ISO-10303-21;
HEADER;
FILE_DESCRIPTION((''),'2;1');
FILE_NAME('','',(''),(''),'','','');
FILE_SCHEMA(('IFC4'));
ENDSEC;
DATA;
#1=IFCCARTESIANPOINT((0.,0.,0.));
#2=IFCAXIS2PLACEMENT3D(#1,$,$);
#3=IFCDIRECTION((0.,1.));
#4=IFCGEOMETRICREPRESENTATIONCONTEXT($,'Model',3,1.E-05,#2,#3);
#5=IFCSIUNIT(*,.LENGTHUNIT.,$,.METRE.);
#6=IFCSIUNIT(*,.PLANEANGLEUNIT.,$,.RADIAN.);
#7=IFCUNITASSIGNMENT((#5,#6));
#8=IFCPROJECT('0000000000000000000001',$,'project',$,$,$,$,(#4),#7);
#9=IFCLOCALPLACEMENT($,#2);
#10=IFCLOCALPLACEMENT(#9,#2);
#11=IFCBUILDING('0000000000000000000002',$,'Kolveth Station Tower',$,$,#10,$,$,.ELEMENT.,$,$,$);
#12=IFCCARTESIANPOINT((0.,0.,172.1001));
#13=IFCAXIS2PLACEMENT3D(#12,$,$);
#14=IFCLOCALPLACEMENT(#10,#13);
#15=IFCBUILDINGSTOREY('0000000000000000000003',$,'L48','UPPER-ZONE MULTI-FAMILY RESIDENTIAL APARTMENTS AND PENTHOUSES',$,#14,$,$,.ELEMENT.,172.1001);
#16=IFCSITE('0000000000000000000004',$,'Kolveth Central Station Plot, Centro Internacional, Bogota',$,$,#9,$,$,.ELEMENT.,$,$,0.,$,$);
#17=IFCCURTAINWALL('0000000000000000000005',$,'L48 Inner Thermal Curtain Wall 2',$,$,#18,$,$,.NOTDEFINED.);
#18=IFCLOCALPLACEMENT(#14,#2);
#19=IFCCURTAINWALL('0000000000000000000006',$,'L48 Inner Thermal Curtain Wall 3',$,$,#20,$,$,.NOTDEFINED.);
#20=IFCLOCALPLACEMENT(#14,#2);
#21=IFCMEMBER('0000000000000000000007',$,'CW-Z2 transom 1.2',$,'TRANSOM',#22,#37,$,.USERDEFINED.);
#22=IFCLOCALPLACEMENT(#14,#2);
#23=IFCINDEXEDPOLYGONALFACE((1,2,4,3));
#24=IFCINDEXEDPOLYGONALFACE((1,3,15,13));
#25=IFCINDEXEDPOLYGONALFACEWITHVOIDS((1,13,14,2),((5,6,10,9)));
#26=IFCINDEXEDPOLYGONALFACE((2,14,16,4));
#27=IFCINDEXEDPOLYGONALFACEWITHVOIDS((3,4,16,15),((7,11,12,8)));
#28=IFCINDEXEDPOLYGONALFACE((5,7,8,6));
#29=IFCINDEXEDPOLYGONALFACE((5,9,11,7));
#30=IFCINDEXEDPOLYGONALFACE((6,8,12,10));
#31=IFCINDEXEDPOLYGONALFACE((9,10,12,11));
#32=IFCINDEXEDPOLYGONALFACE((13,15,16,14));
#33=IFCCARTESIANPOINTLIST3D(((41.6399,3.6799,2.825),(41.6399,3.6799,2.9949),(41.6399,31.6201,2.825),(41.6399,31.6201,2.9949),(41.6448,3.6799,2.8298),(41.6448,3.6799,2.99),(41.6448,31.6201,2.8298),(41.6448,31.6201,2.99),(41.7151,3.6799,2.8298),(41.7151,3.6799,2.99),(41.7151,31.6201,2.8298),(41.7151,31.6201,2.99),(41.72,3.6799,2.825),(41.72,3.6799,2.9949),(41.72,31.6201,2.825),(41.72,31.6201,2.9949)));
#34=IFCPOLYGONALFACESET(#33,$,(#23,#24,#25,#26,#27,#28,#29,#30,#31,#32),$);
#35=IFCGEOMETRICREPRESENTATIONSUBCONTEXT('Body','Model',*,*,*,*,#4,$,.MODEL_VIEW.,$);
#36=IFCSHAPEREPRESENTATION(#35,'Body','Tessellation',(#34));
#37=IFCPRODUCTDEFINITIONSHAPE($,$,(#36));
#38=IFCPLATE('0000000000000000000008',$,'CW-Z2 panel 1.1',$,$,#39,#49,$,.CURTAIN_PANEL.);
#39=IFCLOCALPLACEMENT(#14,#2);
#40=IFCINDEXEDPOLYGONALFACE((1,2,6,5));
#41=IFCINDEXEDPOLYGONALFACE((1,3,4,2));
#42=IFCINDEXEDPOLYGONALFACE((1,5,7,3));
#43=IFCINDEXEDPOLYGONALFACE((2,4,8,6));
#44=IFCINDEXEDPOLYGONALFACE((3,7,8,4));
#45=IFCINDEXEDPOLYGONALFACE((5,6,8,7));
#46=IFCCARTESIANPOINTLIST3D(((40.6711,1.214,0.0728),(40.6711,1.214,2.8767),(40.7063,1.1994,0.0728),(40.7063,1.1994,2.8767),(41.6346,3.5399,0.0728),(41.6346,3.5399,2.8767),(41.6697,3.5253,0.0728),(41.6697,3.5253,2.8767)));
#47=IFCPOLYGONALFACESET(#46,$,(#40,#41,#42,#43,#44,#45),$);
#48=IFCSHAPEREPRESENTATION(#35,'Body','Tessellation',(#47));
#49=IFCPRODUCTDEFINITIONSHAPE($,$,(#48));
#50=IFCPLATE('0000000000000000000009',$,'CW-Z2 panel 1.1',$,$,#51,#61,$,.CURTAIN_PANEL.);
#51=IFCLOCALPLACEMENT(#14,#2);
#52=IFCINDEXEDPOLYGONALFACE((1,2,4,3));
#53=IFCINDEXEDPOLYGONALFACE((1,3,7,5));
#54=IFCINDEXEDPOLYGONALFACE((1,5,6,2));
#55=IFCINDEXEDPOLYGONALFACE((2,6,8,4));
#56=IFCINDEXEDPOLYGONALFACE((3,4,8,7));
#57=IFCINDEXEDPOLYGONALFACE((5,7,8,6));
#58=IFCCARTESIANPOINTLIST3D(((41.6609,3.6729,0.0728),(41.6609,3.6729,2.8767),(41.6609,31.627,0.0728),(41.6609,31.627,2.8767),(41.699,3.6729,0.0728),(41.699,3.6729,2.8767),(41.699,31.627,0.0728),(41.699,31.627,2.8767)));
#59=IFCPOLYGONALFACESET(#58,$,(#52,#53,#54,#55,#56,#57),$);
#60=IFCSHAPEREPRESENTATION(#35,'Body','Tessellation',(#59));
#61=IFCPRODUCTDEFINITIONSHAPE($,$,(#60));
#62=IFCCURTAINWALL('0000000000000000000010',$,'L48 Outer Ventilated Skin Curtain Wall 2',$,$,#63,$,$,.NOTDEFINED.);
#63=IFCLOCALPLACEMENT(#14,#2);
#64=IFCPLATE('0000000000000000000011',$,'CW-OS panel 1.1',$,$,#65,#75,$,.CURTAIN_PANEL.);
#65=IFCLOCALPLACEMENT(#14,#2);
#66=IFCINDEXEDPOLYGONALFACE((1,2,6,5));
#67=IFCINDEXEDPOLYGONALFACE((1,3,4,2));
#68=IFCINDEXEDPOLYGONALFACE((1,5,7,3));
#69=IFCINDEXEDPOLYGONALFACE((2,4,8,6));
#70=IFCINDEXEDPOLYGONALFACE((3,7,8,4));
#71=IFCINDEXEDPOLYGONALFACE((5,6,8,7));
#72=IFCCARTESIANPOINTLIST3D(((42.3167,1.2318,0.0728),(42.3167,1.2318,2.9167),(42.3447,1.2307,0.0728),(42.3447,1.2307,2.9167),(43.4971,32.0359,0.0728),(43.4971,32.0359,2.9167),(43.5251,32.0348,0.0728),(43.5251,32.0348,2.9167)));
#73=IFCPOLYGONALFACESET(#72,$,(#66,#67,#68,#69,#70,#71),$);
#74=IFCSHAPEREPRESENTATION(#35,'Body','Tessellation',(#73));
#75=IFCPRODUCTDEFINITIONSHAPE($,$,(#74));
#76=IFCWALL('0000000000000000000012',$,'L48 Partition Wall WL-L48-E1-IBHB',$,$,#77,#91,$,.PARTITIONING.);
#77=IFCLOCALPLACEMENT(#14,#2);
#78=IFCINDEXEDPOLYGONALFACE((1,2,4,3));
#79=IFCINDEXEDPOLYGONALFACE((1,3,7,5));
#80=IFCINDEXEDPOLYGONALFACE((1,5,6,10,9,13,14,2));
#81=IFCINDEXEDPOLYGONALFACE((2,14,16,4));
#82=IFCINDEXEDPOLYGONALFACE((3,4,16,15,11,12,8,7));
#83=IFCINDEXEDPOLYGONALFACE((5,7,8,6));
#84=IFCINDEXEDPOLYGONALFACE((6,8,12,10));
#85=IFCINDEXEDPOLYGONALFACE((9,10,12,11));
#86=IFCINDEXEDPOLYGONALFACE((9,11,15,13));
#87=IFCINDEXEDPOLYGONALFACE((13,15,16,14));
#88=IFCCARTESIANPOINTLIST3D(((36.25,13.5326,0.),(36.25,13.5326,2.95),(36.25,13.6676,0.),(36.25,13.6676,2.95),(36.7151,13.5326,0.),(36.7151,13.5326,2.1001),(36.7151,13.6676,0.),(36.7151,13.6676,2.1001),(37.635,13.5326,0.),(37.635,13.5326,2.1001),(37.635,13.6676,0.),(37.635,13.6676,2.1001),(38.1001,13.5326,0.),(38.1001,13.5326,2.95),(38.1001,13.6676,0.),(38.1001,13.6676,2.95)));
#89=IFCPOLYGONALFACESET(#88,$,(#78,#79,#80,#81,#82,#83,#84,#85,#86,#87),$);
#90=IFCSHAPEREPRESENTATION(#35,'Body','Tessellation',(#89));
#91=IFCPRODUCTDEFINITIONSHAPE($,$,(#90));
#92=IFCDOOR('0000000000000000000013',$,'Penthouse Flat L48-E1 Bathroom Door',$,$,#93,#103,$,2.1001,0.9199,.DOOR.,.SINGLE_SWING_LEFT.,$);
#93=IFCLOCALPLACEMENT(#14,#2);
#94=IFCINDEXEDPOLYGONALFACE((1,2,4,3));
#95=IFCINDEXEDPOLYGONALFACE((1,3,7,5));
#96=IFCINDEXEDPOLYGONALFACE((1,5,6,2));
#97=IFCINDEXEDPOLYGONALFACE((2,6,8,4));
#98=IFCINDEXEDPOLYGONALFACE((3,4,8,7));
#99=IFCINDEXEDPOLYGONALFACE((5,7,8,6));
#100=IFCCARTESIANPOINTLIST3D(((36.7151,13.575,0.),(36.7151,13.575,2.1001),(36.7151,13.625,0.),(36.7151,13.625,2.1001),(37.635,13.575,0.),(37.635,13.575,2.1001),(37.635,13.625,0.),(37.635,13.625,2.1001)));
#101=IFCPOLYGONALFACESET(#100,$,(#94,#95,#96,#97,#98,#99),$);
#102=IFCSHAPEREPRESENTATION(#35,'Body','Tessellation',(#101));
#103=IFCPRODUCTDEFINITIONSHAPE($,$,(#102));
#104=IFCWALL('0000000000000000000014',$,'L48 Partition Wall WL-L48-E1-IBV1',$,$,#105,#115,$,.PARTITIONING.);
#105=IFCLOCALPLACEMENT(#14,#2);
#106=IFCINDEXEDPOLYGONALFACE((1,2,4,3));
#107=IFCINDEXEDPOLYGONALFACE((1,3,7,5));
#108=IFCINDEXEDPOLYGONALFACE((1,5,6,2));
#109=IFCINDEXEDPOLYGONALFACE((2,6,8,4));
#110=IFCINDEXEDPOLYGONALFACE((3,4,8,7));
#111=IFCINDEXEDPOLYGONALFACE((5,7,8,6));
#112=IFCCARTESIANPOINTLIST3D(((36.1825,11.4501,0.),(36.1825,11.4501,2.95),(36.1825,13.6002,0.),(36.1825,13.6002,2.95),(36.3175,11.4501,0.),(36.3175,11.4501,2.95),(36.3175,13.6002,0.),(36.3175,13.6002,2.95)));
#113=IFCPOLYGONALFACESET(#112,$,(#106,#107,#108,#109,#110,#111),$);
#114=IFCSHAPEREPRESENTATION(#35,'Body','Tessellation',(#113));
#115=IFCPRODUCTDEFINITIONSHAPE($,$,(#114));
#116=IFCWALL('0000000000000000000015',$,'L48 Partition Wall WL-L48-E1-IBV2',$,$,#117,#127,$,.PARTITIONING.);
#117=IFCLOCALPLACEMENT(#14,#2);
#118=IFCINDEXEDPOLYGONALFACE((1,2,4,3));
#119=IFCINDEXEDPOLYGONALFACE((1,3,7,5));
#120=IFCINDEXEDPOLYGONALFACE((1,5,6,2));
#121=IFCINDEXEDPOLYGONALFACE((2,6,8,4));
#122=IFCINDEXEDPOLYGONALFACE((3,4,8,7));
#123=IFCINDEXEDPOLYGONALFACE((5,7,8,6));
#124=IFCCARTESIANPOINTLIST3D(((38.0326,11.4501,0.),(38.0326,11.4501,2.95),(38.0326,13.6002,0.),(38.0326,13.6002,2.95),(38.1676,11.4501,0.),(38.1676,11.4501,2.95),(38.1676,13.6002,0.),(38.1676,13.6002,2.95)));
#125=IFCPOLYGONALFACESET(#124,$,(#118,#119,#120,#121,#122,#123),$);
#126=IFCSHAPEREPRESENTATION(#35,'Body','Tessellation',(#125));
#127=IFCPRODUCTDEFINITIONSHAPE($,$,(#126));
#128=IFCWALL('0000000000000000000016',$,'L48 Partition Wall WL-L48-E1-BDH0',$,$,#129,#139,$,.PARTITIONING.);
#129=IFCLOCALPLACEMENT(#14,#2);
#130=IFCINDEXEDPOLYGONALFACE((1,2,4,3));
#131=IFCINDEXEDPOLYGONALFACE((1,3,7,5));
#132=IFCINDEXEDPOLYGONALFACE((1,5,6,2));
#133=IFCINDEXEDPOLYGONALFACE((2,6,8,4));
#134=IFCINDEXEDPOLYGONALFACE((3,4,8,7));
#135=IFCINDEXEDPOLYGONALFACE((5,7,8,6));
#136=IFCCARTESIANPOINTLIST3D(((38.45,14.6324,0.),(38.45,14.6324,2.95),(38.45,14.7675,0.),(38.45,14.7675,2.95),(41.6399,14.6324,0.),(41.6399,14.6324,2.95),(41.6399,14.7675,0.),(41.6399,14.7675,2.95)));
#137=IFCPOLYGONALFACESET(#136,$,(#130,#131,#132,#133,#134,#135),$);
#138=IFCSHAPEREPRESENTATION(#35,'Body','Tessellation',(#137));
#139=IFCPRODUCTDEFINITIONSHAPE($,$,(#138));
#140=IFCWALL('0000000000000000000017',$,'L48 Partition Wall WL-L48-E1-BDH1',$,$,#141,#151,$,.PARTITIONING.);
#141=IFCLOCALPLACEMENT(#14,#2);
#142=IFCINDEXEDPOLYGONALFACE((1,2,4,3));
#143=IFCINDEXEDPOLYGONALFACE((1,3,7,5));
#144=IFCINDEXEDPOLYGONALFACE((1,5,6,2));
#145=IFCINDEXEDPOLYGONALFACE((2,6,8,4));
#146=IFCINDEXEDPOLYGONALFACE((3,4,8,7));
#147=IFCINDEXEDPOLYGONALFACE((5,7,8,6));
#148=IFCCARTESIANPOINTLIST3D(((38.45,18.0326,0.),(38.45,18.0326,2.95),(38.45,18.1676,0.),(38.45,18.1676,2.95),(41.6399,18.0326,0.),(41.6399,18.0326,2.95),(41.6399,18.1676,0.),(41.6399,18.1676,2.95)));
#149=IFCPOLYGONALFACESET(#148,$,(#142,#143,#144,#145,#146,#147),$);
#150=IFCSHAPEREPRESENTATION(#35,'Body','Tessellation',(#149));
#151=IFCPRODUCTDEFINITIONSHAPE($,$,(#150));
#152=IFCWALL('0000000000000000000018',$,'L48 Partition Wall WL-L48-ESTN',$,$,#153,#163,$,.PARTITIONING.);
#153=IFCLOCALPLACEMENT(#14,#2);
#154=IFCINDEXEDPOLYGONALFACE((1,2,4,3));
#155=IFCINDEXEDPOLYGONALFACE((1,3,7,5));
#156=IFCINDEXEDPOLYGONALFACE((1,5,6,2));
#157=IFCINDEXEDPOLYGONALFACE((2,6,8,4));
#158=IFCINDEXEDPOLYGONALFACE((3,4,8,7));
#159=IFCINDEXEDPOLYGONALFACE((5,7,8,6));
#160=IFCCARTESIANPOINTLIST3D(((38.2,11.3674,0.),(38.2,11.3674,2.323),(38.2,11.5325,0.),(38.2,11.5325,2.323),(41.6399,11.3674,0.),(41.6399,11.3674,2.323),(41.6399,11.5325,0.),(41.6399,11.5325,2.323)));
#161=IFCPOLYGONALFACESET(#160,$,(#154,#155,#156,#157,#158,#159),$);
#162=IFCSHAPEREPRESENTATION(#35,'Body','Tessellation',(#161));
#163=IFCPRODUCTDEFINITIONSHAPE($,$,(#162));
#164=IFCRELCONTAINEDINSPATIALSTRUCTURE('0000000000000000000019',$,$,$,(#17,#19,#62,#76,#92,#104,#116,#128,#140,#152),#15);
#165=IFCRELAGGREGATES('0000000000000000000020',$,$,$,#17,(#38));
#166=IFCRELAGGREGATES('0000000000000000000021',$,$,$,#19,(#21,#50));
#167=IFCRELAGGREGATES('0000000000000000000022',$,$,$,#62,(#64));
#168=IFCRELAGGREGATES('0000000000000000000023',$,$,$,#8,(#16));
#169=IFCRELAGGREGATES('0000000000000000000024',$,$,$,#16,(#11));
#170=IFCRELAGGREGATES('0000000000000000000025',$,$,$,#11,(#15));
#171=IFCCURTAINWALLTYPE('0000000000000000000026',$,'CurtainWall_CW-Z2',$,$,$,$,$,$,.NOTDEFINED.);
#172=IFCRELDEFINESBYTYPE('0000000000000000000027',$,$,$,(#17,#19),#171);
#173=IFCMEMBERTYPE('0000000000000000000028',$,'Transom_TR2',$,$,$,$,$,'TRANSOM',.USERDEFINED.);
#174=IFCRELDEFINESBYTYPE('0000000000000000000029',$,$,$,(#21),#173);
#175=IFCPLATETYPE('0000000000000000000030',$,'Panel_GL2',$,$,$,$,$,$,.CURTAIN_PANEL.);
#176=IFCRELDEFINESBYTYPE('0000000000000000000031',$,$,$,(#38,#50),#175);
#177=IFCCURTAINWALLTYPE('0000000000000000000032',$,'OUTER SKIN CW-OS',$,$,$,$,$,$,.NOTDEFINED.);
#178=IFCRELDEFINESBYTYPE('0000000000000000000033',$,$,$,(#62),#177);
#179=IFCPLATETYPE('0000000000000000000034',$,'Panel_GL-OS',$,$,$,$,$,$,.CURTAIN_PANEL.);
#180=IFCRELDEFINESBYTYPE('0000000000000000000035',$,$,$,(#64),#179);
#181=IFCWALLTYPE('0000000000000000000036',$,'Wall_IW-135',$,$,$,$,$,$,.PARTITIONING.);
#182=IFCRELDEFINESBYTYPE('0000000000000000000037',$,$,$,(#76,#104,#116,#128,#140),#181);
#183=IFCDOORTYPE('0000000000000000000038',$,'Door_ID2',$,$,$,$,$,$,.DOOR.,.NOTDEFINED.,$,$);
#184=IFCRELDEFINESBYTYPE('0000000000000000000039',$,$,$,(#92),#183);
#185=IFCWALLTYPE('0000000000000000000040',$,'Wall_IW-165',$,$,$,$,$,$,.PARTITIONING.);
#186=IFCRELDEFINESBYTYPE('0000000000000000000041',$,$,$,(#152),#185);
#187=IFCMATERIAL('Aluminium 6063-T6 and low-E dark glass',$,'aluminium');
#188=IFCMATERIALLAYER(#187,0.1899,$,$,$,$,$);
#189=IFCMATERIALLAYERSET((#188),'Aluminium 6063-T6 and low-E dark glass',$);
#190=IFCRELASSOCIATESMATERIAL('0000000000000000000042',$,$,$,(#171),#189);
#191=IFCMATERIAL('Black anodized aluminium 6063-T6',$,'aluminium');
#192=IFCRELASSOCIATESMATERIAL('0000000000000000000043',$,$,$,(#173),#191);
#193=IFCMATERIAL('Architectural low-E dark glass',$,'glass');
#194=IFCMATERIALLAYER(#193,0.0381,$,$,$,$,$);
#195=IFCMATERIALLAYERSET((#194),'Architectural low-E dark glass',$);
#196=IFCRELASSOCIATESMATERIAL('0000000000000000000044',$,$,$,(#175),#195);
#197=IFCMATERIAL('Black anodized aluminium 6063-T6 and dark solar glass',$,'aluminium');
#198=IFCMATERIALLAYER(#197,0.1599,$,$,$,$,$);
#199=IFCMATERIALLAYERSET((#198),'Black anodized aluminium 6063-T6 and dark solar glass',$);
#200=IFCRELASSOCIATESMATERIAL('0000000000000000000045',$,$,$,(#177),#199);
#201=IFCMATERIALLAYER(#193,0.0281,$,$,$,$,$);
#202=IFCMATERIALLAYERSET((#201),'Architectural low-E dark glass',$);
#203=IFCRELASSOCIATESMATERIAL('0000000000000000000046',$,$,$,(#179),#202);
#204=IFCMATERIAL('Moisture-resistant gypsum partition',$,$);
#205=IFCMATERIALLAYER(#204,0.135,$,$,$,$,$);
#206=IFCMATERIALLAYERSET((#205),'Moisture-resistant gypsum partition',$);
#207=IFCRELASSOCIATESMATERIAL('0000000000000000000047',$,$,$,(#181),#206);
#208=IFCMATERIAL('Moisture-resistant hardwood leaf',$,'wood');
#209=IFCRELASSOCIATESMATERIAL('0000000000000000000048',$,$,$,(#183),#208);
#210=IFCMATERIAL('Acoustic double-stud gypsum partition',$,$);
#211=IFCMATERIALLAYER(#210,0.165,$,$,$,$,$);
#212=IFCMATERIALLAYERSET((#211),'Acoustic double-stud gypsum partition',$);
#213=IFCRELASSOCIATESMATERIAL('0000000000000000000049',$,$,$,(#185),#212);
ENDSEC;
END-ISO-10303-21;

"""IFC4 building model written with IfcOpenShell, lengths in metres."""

from ifc_helpers import new_model, si_unit, direction, frame, frame_2d, origin, origin_2d, place, context, subcontext, project, spatial, rectangle, hollow_rectangle, extrude, source, transform, mapped, material, layer, layer_set, material_profile, profile_set, type_object, element, fill, aggregate, save


model = new_model("IFC4")

# Units and contexts
model_context = context("Model", 3, precision=1e-05, world=origin(), true_north=direction((0.0, 1.0)))
body_context = subcontext(model_context, "Body", "Model", "MODEL_VIEW")
ifc_project = project(units=[si_unit("LENGTHUNIT", "METRE"), si_unit("PLANEANGLEUNIT", "RADIAN")], contexts=[model_context])

# Site, building, storey
site_placement = place(None, origin())
site = spatial("IfcSite", under=ifc_project, at=site_placement, Name="Kolveth Central Station Plot, Centro Internacional, Bogota", CompositionType="ELEMENT", RefElevation=0.0)
building_placement = place(site_placement, origin())
building = spatial("IfcBuilding", under=site, at=building_placement, Name="Kolveth Station Tower", CompositionType="ELEMENT")
storey_placement = place(building_placement, frame((0.0, 0.0, 172.1001)))
storey = spatial("IfcBuildingStorey", under=building, at=storey_placement, Name="L48", Description="UPPER-ZONE MULTI-FAMILY RESIDENTIAL APARTMENTS AND PENTHOUSES", CompositionType="ELEMENT", Elevation=172.1001)

# Curtain wall
ifc_material_1 = material(Name="Aluminium 6063-T6 and low-E dark glass", Category="aluminium")
ifc_layer_1 = layer(ifc_material_1, 0.1899)
ifc_layer_set_1 = layer_set([ifc_layer_1], Name="Aluminium 6063-T6 and low-E dark glass")
curtain_wall_type_1 = type_object("IfcCurtainWallType", Name="CurtainWall_CW-Z2", PredefinedType="NOTDEFINED", material=ifc_layer_set_1)
curtain_wall_1_placement = place(storey_placement, origin())
curtain_wall_1 = element("IfcCurtainWall", 1, at=curtain_wall_1_placement, inside=storey, type_object=curtain_wall_type_1, Name="L48 Inner Thermal Curtain Wall 2", PredefinedType="NOTDEFINED")
ifc_material_2 = material(Name="Black anodized aluminium 6063-T6", Category="aluminium")

# Curtain wall, member
curtain_wall_2_placement = place(storey_placement, origin())
curtain_wall_2 = element("IfcCurtainWall", 2, at=curtain_wall_2_placement, inside=storey, type_object=curtain_wall_type_1, Name="L48 Inner Thermal Curtain Wall 3", PredefinedType="NOTDEFINED")
ifc_material_profile_1 = material_profile(ifc_material_2, hollow_rectangle(XDim=0.0801, YDim=0.1699, WallThickness=0.0049, at=origin_2d()), Name="ALU-80x170x5")
ifc_profile_set_1 = profile_set([ifc_material_profile_1], Name="Black anodized aluminium 6063-T6")
member_type_1 = type_object("IfcMemberType", Name="Transom_TR2", ElementType="TRANSOM", PredefinedType="USERDEFINED", material=ifc_profile_set_1)
shared_shape_1 = source(origin(), body_context, "Body", "SweptSolid", [
    extrude(hollow_rectangle(XDim=0.0801, YDim=0.1699, WallThickness=0.0049, at=origin_2d()), origin(), (0.0, 0.0, 1.0), 27.9402),
])
member_1_placement = place(storey_placement, frame((41.6799, 3.6799, 2.9099), z_axis=(0.0, 1.0, 0.0), x_axis=(-1.0, 0.0, 0.0)))
member_1 = element("IfcMember", 3, at=member_1_placement, type_object=member_type_1, Name="CW-Z2 transom 1.2", ObjectType="TRANSOM", PredefinedType="USERDEFINED", context=body_context, shape_type="MappedRepresentation", body=[
    mapped(shared_shape_1, transform((0.0, 0.0, 0.0), x_axis=(1.0, 0.0, 0.0), y_axis=(0.0, 1.0, 0.0), z_axis=(0.0, 0.0, 1.0), scale=1.0)),
])

# Plates
ifc_material_3 = material(Name="Architectural low-E dark glass", Category="glass")
ifc_layer_2 = layer(ifc_material_3, 0.0381)
ifc_layer_set_2 = layer_set([ifc_layer_2], Name="Architectural low-E dark glass")
plate_type_1 = type_object("IfcPlateType", Name="Panel_GL2", PredefinedType="CURTAIN_PANEL", material=ifc_layer_set_2)
shared_shape_2 = source(origin(), body_context, "Body", "SweptSolid", [
    extrude(rectangle(XDim=2.5176, YDim=0.0381, at=origin_2d()), origin(), (0.0, 0.0, 1.0), 2.804),
])
plate_1_placement = place(storey_placement, frame((41.1704, 2.3696, 0.0728), z_axis=(0.0, 0.0, 1.0), x_axis=(0.382698, 0.923874, 0.0)))
plate_1 = element("IfcPlate", 4, at=plate_1_placement, type_object=plate_type_1, Name="CW-Z2 panel 1.1", PredefinedType="CURTAIN_PANEL", context=body_context, shape_type="MappedRepresentation", body=[
    mapped(shared_shape_2, transform((0.0, 0.0, 0.0), x_axis=(1.0, 0.0, 0.0), y_axis=(0.0, 1.0, 0.0), z_axis=(0.0, 0.0, 1.0), scale=1.0)),
])
aggregate(curtain_wall_1, [plate_1])
shared_shape_3 = source(origin(), body_context, "Body", "SweptSolid", [
    extrude(rectangle(XDim=27.9541, YDim=0.0381, at=origin_2d()), origin(), (0.0, 0.0, 1.0), 2.804),
])
plate_2_placement = place(storey_placement, frame((41.6799, 17.6499, 0.0728), z_axis=(0.0, 0.0, 1.0), x_axis=(0.0, 1.0, 0.0)))
plate_2 = element("IfcPlate", 5, at=plate_2_placement, type_object=plate_type_1, Name="CW-Z2 panel 1.1", PredefinedType="CURTAIN_PANEL", context=body_context, shape_type="MappedRepresentation", body=[
    mapped(shared_shape_3, transform((0.0, 0.0, 0.0), x_axis=(1.0, 0.0, 0.0), y_axis=(0.0, 1.0, 0.0), z_axis=(0.0, 0.0, 1.0), scale=1.0)),
])
aggregate(curtain_wall_2, [member_1, plate_2])

# Curtain wall, plate
ifc_material_4 = material(Name="Black anodized aluminium 6063-T6 and dark solar glass", Category="aluminium")
ifc_layer_3 = layer(ifc_material_4, 0.1599)
ifc_layer_set_3 = layer_set([ifc_layer_3], Name="Black anodized aluminium 6063-T6 and dark solar glass")
curtain_wall_type_2 = type_object("IfcCurtainWallType", Name="OUTER SKIN CW-OS", PredefinedType="NOTDEFINED", material=ifc_layer_set_3)
curtain_wall_3_placement = place(storey_placement, origin())
curtain_wall_3 = element("IfcCurtainWall", 6, at=curtain_wall_3_placement, inside=storey, type_object=curtain_wall_type_2, Name="L48 Outer Ventilated Skin Curtain Wall 2", PredefinedType="NOTDEFINED")
ifc_layer_4 = layer(ifc_material_3, 0.0281)
ifc_layer_set_4 = layer_set([ifc_layer_4], Name="Architectural low-E dark glass")
plate_type_2 = type_object("IfcPlateType", Name="Panel_GL-OS", PredefinedType="CURTAIN_PANEL", material=ifc_layer_set_4)
shared_shape_4 = source(origin(), body_context, "Body", "SweptSolid", [
    extrude(rectangle(XDim=30.8267, YDim=0.0281, at=origin_2d()), origin(), (0.0, 0.0, 1.0), 2.844),
])
plate_3_placement = place(storey_placement, frame((42.9209, 16.6333, 0.0728), z_axis=(0.0, 0.0, 1.0), x_axis=(0.038293, 0.999267, 0.0)))
plate_3 = element("IfcPlate", 7, at=plate_3_placement, type_object=plate_type_2, Name="CW-OS panel 1.1", PredefinedType="CURTAIN_PANEL", context=body_context, shape_type="MappedRepresentation", body=[
    mapped(shared_shape_4, transform((0.0, 0.0, 0.0), x_axis=(1.0, 0.0, 0.0), y_axis=(0.0, 1.0, 0.0), z_axis=(0.0, 0.0, 1.0), scale=1.0)),
])
aggregate(curtain_wall_3, [plate_3])

# Wall, opening, door
ifc_material_5 = material(Name="Moisture-resistant gypsum partition")
ifc_layer_5 = layer(ifc_material_5, 0.135)
ifc_layer_set_5 = layer_set([ifc_layer_5], Name="Moisture-resistant gypsum partition")
wall_type_1 = type_object("IfcWallType", Name="Wall_IW-135", PredefinedType="PARTITIONING", material=ifc_layer_set_5)
wall_1_placement = place(storey_placement, frame((36.25, 13.6001, 0.0), z_axis=(0.0, 0.0, 1.0), x_axis=(1.0, 0.0, 0.0)))
wall_1 = element("IfcWall", 8, at=wall_1_placement, inside=storey, type_object=wall_type_1, Name="L48 Partition Wall WL-L48-E1-IBHB", PredefinedType="PARTITIONING", context=body_context, shape_type="SweptSolid", body=[
    extrude(rectangle(XDim=1.8501, YDim=0.135, at=frame_2d((0.925, 0.0))), origin(), (0.0, 0.0, 1.0), 2.95),
])
opening_1_placement = place(wall_1_placement, frame((0.4651, 0.0, 0.0)))
opening_1 = element("IfcOpeningElement", 9, at=opening_1_placement, cuts=wall_1, PredefinedType="OPENING", context=body_context, shape_type="SweptSolid", body=[
    extrude(rectangle(XDim=0.9199, YDim=2.1001, at=frame_2d((0.46, 1.05))), frame((0.0, 0.0774, 0.0), z_axis=(0.0, -1.0, 0.0), x_axis=(1.0, 0.0, 0.0)), (0.0, 0.0, 1.0), 0.155),
])
ifc_material_6 = material(Name="Moisture-resistant hardwood leaf", Category="wood")
door_type_1 = type_object("IfcDoorType", Name="Door_ID2", OperationType="NOTDEFINED", PredefinedType="DOOR", material=ifc_material_6)
door_1_placement = place(opening_1_placement, origin())
door_1 = element("IfcDoor", 10, at=door_1_placement, inside=storey, type_object=door_type_1, Name="Penthouse Flat L48-E1 Bathroom Door", OperationType="SINGLE_SWING_LEFT", OverallHeight=2.1001, OverallWidth=0.9199, PredefinedType="DOOR", context=body_context, shape_type="SweptSolid", body=[
    extrude(rectangle(XDim=0.9199, YDim=2.1001, at=frame_2d((0.46, 1.05))), frame((0.0, 0.0249, 0.0), z_axis=(0.0, -1.0, 0.0), x_axis=(1.0, 0.0, 0.0)), (0.0, 0.0, 1.0), 0.05),
])
fill(opening_1, door_1)

# Walls
for number, where, z_axis, x_axis, name in (
    (11, (36.25, 11.45, 0.0), (0.0, 0.0, 1.0), (0.0, 1.0, 0.0), "L48 Partition Wall WL-L48-E1-IBV1"),
    (12, (38.1001, 11.45, 0.0), (0.0, 0.0, 1.0), (0.0, 1.0, 0.0), "L48 Partition Wall WL-L48-E1-IBV2"),
):
    element("IfcWall", number, at=place(storey_placement, frame(where, z_axis=z_axis, x_axis=x_axis)), inside=storey, type_object=wall_type_1, Name=name, PredefinedType="PARTITIONING", context=body_context, shape_type="SweptSolid", body=[
        extrude(rectangle(XDim=2.1501, YDim=0.135, at=frame_2d((1.0752, 0.0))), origin(), (0.0, 0.0, 1.0), 2.95),
    ])
wall_2_placement = place(storey_placement, frame((38.45, 14.7, 0.0), z_axis=(0.0, 0.0, 1.0), x_axis=(1.0, 0.0, 0.0)))
element("IfcWall", 13, at=wall_2_placement, inside=storey, type_object=wall_type_1, Name="L48 Partition Wall WL-L48-E1-BDH0", PredefinedType="PARTITIONING", context=body_context, shape_type="SweptSolid", body=[
    extrude(rectangle(XDim=3.1899, YDim=0.135, at=frame_2d((1.595, 0.0))), origin(), (0.0, 0.0, 1.0), 2.95),
])

# Wall
wall_3_placement = place(storey_placement, frame((38.45, 18.1001, 0.0), z_axis=(0.0, 0.0, 1.0), x_axis=(1.0, 0.0, 0.0)))
element("IfcWall", 14, at=wall_3_placement, inside=storey, type_object=wall_type_1, Name="L48 Partition Wall WL-L48-E1-BDH1", PredefinedType="PARTITIONING", context=body_context, shape_type="SweptSolid", body=[
    extrude(rectangle(XDim=3.1899, YDim=0.135, at=frame_2d((1.595, 0.0))), origin(), (0.0, 0.0, 1.0), 2.95),
])

# Shared definitions
ifc_material_7 = material(Name="Acoustic double-stud gypsum partition")
ifc_layer_6 = layer(ifc_material_7, 0.165)
ifc_layer_set_6 = layer_set([ifc_layer_6], Name="Acoustic double-stud gypsum partition")
wall_type_2 = type_object("IfcWallType", Name="Wall_IW-165", PredefinedType="PARTITIONING", material=ifc_layer_set_6)

# Wall
wall_4_placement = place(storey_placement, frame((38.2, 11.45, 0.0), z_axis=(0.0, 0.0, 1.0), x_axis=(1.0, 0.0, 0.0)))
element("IfcWall", 15, at=wall_4_placement, inside=storey, type_object=wall_type_2, Name="L48 Partition Wall WL-L48-ESTN", PredefinedType="PARTITIONING", context=body_context, shape_type="SweptSolid", body=[
    extrude(rectangle(XDim=3.4399, YDim=0.165, at=frame_2d((1.72, 0.0))), origin(), (0.0, 0.0, 1.0), 2.323),
])

save(model, "model.ifc")
